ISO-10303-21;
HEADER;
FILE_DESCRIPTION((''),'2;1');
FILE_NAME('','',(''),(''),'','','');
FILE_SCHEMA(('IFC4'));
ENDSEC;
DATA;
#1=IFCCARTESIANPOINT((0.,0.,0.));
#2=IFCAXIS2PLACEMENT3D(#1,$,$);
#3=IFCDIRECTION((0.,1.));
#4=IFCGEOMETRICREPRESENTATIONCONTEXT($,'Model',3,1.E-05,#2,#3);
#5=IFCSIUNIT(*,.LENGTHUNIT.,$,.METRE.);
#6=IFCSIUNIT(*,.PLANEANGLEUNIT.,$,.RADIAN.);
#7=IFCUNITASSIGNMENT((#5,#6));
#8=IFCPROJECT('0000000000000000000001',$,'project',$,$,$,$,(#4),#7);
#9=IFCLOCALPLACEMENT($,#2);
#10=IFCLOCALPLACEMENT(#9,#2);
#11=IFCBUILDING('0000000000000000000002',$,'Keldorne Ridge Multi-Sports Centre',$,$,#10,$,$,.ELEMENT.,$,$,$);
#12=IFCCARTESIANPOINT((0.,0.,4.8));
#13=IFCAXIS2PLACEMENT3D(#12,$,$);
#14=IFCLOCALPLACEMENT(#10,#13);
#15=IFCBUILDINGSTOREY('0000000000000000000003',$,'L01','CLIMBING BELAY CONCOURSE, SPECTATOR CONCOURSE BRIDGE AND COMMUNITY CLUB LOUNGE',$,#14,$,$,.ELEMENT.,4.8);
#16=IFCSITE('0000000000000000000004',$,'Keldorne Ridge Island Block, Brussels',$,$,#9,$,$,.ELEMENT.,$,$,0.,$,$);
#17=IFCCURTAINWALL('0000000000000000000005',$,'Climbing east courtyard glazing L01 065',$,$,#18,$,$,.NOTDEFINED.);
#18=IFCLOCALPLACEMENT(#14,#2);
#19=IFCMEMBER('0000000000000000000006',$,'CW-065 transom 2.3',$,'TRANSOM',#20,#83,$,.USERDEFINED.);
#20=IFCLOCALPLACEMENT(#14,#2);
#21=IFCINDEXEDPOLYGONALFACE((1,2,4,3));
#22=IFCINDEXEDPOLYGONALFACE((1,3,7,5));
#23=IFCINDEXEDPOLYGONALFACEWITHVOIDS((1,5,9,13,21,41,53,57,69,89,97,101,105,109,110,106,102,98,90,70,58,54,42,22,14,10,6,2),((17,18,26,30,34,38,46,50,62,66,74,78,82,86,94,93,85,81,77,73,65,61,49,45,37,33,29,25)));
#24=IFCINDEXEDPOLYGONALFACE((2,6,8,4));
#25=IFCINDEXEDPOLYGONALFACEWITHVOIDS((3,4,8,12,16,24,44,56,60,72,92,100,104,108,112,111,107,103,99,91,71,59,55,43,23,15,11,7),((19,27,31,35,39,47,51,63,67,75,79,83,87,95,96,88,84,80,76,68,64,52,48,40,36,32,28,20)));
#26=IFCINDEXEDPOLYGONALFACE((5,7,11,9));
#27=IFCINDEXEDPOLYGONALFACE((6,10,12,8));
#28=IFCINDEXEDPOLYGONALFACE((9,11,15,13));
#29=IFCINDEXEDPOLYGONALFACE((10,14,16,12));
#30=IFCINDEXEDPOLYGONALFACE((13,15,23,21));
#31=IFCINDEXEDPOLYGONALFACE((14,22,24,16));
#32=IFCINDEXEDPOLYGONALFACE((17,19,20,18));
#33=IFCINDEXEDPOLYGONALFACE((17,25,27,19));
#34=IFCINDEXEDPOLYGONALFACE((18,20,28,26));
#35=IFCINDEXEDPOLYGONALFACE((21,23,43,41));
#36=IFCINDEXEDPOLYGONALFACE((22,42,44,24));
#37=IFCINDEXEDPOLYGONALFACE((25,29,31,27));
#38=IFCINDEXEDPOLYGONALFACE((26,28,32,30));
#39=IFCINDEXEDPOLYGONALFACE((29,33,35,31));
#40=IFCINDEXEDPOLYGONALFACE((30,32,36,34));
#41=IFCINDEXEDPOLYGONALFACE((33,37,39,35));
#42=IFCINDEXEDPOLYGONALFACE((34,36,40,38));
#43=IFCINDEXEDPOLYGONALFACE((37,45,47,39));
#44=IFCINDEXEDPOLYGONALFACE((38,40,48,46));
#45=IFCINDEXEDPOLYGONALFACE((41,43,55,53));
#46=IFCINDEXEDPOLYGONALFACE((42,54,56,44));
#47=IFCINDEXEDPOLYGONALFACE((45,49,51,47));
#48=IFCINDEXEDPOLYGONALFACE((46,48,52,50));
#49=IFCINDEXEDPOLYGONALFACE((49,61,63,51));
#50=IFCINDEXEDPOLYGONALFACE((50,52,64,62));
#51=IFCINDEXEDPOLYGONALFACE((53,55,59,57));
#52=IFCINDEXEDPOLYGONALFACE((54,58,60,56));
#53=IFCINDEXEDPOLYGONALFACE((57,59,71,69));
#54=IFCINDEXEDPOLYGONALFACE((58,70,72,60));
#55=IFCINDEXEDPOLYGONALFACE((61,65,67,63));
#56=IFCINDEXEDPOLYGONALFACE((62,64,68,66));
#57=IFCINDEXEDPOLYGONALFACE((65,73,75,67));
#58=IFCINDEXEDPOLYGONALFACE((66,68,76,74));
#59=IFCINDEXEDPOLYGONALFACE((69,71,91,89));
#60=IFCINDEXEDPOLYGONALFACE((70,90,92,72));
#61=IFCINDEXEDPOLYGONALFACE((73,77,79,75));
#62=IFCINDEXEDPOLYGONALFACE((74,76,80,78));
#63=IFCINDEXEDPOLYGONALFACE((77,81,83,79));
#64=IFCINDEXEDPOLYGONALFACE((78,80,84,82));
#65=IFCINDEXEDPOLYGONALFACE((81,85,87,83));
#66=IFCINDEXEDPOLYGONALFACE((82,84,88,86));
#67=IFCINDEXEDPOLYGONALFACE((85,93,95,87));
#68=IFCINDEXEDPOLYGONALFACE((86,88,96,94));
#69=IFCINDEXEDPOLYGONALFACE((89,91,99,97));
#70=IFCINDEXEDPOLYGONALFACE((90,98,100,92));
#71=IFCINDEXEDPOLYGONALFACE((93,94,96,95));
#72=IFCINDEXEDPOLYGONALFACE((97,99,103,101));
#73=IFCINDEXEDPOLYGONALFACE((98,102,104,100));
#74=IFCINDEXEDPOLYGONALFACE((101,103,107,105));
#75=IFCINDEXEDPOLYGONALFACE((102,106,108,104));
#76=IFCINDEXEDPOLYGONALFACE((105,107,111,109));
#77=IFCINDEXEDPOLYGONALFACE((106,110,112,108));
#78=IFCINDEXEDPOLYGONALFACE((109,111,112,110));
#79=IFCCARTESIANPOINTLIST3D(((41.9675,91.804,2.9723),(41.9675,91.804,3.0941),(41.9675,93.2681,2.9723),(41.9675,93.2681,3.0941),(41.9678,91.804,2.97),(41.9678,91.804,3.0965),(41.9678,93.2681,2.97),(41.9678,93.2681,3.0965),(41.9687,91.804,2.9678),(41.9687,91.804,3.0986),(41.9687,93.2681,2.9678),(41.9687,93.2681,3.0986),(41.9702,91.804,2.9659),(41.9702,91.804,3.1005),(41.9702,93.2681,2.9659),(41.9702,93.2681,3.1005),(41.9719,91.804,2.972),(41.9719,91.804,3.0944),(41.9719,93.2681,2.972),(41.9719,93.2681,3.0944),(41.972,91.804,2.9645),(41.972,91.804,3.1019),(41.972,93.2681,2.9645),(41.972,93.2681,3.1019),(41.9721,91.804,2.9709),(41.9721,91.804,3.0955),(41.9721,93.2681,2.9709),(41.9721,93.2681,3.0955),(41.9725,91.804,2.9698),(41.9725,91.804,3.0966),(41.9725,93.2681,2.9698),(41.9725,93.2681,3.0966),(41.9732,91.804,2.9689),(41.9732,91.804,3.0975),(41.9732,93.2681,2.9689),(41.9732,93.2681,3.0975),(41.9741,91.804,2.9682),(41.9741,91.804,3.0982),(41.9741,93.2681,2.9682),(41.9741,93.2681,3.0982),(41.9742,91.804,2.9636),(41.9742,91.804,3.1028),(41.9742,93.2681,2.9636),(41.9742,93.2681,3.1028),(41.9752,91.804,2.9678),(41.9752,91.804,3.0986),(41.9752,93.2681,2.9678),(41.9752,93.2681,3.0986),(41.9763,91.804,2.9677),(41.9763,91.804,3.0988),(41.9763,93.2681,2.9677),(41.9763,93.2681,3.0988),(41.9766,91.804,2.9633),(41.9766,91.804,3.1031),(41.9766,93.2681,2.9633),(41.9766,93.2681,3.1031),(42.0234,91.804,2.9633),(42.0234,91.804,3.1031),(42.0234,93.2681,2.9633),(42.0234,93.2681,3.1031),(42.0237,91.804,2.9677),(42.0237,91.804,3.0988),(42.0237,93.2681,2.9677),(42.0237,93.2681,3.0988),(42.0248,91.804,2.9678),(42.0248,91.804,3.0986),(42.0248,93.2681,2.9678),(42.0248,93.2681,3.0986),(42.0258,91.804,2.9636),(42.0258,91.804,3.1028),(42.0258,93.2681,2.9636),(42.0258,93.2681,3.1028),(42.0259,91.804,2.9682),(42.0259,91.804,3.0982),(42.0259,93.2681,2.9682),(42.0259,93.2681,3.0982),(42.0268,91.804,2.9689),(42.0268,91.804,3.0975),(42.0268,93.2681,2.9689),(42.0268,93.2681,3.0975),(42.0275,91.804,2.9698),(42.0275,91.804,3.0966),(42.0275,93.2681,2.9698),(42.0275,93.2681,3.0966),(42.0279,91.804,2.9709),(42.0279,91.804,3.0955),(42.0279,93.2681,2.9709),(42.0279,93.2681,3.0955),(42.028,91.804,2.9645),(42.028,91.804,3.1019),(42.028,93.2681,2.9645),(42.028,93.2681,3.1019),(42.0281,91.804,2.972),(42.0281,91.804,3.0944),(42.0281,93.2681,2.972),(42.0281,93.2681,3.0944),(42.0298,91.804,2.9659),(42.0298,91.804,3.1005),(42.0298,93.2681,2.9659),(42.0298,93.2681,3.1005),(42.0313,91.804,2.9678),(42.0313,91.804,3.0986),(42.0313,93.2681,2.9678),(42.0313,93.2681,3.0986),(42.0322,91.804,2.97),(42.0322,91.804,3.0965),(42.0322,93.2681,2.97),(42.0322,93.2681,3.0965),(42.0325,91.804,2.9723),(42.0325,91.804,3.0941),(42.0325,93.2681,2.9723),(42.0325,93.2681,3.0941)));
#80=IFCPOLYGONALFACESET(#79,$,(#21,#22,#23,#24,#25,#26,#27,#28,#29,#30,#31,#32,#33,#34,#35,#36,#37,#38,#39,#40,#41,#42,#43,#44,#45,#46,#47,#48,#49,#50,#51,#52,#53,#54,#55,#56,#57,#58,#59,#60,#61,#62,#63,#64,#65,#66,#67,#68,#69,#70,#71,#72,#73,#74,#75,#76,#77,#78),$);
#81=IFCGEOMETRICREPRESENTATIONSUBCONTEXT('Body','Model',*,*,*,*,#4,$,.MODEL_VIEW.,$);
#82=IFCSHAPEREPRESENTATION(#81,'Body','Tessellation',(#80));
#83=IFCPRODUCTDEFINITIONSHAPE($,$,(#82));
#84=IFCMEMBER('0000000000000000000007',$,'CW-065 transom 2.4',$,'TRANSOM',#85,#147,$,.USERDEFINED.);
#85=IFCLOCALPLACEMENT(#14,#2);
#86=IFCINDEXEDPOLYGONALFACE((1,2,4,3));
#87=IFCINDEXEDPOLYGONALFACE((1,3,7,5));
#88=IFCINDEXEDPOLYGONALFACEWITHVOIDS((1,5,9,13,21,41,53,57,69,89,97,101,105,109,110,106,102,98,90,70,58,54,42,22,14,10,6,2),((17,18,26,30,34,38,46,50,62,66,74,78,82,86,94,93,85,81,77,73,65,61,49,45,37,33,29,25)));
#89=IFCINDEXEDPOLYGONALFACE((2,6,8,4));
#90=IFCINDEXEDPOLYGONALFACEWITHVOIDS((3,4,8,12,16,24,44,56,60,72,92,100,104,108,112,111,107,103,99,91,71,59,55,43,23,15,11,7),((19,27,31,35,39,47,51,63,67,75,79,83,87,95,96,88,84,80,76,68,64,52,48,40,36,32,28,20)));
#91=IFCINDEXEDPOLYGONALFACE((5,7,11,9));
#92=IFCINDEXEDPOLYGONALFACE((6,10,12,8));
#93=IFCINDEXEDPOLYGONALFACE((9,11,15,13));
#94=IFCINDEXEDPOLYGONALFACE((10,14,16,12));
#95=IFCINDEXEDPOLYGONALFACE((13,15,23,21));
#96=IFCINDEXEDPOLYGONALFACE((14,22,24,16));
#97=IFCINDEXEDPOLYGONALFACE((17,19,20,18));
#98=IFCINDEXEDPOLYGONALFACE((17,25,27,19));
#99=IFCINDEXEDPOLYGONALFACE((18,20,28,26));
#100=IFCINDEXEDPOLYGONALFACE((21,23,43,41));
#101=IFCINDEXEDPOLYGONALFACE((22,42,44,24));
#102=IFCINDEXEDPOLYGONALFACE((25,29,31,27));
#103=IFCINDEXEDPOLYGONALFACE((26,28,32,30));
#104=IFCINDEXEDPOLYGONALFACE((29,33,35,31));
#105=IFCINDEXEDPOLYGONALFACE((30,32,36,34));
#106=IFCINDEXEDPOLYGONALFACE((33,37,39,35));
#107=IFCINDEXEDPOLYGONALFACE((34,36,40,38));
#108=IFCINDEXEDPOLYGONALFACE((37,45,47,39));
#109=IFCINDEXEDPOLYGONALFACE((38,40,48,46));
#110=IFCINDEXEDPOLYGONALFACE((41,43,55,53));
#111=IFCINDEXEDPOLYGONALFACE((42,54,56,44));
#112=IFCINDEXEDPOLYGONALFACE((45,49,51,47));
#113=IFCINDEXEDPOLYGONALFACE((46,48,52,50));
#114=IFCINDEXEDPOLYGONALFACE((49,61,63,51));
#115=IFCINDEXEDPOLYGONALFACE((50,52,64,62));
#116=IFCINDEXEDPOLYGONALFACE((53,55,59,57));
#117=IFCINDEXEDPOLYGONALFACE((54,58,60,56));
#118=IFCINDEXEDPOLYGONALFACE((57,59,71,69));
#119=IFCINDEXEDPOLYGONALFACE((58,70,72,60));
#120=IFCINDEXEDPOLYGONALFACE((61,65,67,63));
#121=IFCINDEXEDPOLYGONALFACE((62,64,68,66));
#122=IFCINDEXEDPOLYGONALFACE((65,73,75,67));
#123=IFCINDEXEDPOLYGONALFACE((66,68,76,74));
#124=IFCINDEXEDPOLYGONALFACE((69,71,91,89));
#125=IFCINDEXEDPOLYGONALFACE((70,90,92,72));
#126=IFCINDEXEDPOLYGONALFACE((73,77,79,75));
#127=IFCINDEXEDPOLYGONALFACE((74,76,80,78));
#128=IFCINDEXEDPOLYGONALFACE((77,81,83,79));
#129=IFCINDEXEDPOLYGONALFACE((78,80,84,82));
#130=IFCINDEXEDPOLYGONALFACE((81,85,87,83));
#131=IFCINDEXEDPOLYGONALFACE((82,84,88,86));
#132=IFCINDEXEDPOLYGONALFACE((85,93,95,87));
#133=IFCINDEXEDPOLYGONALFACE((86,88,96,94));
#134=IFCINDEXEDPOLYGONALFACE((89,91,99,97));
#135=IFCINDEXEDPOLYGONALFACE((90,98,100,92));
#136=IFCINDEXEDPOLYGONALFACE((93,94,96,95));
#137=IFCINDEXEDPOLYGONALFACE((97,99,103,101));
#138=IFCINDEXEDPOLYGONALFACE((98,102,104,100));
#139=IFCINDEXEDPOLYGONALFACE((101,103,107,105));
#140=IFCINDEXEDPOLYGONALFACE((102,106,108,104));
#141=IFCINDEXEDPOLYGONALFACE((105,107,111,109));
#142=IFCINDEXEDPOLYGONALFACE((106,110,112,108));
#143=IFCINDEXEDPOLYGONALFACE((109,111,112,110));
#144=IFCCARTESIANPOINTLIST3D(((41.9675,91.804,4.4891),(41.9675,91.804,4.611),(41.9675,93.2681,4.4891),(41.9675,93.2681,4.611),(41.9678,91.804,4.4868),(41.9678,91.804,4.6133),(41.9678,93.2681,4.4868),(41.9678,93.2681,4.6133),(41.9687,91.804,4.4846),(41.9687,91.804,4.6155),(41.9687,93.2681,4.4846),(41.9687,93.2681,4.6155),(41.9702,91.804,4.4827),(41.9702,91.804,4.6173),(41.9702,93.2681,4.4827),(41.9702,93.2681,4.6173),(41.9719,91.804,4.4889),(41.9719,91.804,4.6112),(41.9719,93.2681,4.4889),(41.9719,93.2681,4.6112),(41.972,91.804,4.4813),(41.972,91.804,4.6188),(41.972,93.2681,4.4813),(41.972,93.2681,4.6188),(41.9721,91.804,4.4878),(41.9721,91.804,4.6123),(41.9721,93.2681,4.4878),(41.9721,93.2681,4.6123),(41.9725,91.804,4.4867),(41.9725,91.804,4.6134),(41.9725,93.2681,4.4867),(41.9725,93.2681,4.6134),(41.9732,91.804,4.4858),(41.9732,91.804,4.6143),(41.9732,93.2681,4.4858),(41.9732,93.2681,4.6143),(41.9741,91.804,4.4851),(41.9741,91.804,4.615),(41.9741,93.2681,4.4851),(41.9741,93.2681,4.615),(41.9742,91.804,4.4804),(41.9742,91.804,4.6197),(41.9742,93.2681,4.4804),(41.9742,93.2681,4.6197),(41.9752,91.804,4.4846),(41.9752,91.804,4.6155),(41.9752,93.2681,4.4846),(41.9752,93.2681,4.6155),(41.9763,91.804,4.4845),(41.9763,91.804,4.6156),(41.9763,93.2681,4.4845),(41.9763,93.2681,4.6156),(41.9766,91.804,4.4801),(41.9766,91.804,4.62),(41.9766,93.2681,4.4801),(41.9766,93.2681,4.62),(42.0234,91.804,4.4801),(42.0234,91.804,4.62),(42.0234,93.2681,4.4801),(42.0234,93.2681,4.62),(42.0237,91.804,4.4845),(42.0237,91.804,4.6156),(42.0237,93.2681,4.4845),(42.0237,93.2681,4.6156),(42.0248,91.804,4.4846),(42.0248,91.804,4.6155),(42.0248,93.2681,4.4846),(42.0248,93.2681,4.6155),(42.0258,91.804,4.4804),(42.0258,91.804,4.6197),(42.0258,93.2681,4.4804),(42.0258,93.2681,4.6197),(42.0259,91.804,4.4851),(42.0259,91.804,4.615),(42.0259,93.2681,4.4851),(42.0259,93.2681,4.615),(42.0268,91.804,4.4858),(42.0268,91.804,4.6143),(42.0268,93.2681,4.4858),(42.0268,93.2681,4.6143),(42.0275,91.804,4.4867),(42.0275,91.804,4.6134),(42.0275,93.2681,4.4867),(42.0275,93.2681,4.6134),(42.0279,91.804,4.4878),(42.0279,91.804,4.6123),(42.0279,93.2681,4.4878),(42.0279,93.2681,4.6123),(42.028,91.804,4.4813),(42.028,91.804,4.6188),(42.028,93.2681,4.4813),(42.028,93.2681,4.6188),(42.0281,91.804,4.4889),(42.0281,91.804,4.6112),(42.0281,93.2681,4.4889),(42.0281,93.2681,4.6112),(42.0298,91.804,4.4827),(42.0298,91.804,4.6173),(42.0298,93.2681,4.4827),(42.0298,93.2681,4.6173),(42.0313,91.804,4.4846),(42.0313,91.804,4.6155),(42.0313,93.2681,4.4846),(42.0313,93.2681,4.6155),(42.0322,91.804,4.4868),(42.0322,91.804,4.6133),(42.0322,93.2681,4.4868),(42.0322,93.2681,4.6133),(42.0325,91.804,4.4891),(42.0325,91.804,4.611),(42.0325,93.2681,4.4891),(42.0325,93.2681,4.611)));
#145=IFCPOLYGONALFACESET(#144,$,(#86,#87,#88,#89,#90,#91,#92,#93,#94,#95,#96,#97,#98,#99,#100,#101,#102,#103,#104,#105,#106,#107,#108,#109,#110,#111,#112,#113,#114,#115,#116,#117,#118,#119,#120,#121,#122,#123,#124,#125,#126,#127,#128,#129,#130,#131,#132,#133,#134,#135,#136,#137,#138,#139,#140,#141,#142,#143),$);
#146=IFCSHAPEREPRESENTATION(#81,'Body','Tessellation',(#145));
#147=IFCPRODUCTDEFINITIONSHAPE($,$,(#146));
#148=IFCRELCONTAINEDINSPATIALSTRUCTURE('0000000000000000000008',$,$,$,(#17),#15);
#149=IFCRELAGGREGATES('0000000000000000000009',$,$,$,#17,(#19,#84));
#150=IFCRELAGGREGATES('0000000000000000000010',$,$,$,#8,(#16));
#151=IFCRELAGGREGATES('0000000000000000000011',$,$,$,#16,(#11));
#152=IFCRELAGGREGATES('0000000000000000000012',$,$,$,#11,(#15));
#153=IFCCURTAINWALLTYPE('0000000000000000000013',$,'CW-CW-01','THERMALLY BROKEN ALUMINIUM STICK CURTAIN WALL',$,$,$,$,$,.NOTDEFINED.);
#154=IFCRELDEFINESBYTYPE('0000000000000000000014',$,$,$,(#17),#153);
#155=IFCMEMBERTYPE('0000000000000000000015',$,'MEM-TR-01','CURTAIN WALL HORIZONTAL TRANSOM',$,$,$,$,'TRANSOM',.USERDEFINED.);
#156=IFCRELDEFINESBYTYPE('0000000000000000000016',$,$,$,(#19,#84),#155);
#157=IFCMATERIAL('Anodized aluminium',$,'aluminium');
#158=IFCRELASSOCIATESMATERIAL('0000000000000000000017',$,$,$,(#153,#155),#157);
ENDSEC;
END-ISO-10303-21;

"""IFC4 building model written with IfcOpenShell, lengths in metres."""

from ifc_helpers import new_model, si_unit, direction, frame, origin, origin_2d, place, context, subcontext, project, spatial, hollow_rectangle, extrude, material, material_profile, profile_set, type_object, element, aggregate, save


model = new_model("IFC4")

# Units and contexts
model_context = context("Model", 3, precision=1e-05, world=origin(), true_north=direction((0.0, 1.0)))
body_context = subcontext(model_context, "Body", "Model", "MODEL_VIEW")
ifc_project = project(units=[si_unit("LENGTHUNIT", "METRE"), si_unit("PLANEANGLEUNIT", "RADIAN")], contexts=[model_context])

# Site, building, storey
site_placement = place(None, origin())
site = spatial("IfcSite", under=ifc_project, at=site_placement, Name="Keldorne Ridge Island Block, Brussels", CompositionType="ELEMENT", RefElevation=0.0)
building_placement = place(site_placement, origin())
building = spatial("IfcBuilding", under=site, at=building_placement, Name="Keldorne Ridge Multi-Sports Centre", CompositionType="ELEMENT")
storey_placement = place(building_placement, frame((0.0, 0.0, 4.8)))
storey = spatial("IfcBuildingStorey", under=building, at=storey_placement, Name="L01", Description="CLIMBING BELAY CONCOURSE, SPECTATOR CONCOURSE BRIDGE AND COMMUNITY CLUB LOUNGE", CompositionType="ELEMENT", Elevation=4.8)

# Curtain wall, members
ifc_material_1 = material(Name="Anodized aluminium", Category="aluminium")
curtain_wall_type_1 = type_object("IfcCurtainWallType", Name="CW-CW-01", Description="THERMALLY BROKEN ALUMINIUM STICK CURTAIN WALL", PredefinedType="NOTDEFINED", material=ifc_material_1)
curtain_wall_1_placement = place(storey_placement, origin())
curtain_wall_1 = element("IfcCurtainWall", 1, at=curtain_wall_1_placement, inside=storey, type_object=curtain_wall_type_1, Name="Climbing east courtyard glazing L01 065", PredefinedType="NOTDEFINED")
ifc_material_profile_1 = material_profile(ifc_material_1, hollow_rectangle(XDim=0.0649, YDim=0.1399, WallThickness=0.0044, InnerFilletRadius=0.0044, OuterFilletRadius=0.009, at=origin_2d()), Name="ALU TRANSOM 140x65x4.5")
ifc_profile_set_1 = profile_set([ifc_material_profile_1], Name="Anodized aluminium")
member_type_1 = type_object("IfcMemberType", Name="MEM-TR-01", Description="CURTAIN WALL HORIZONTAL TRANSOM", ElementType="TRANSOM", PredefinedType="USERDEFINED", material=ifc_profile_set_1)
member_1_placement = place(storey_placement, frame((42.0, 91.804, 3.0332), z_axis=(0.0, 1.0, 0.0), x_axis=(-1.0, 0.0, 0.0)))
member_1 = element("IfcMember", 2, at=member_1_placement, type_object=member_type_1, Name="CW-065 transom 2.3", ObjectType="TRANSOM", PredefinedType="USERDEFINED", context=body_context, shape_type="SweptSolid", body=[
    extrude(hollow_rectangle(XDim=0.0649, YDim=0.1399, WallThickness=0.0044, InnerFilletRadius=0.0044, OuterFilletRadius=0.009, at=origin_2d()), origin(), (0.0, 0.0, 1.0), 1.4641),
])
member_2_placement = place(storey_placement, frame((42.0, 91.804, 4.55), z_axis=(0.0, 1.0, 0.0), x_axis=(-1.0, 0.0, 0.0)))
member_2 = element("IfcMember", 3, at=member_2_placement, type_object=member_type_1, Name="CW-065 transom 2.4", ObjectType="TRANSOM", PredefinedType="USERDEFINED", context=body_context, shape_type="SweptSolid", body=[
    extrude(hollow_rectangle(XDim=0.0649, YDim=0.1399, WallThickness=0.0044, InnerFilletRadius=0.0044, OuterFilletRadius=0.009, at=origin_2d()), origin(), (0.0, 0.0, 1.0), 1.4641),
])
aggregate(curtain_wall_1, [member_1, member_2])

save(model, "model.ifc")
